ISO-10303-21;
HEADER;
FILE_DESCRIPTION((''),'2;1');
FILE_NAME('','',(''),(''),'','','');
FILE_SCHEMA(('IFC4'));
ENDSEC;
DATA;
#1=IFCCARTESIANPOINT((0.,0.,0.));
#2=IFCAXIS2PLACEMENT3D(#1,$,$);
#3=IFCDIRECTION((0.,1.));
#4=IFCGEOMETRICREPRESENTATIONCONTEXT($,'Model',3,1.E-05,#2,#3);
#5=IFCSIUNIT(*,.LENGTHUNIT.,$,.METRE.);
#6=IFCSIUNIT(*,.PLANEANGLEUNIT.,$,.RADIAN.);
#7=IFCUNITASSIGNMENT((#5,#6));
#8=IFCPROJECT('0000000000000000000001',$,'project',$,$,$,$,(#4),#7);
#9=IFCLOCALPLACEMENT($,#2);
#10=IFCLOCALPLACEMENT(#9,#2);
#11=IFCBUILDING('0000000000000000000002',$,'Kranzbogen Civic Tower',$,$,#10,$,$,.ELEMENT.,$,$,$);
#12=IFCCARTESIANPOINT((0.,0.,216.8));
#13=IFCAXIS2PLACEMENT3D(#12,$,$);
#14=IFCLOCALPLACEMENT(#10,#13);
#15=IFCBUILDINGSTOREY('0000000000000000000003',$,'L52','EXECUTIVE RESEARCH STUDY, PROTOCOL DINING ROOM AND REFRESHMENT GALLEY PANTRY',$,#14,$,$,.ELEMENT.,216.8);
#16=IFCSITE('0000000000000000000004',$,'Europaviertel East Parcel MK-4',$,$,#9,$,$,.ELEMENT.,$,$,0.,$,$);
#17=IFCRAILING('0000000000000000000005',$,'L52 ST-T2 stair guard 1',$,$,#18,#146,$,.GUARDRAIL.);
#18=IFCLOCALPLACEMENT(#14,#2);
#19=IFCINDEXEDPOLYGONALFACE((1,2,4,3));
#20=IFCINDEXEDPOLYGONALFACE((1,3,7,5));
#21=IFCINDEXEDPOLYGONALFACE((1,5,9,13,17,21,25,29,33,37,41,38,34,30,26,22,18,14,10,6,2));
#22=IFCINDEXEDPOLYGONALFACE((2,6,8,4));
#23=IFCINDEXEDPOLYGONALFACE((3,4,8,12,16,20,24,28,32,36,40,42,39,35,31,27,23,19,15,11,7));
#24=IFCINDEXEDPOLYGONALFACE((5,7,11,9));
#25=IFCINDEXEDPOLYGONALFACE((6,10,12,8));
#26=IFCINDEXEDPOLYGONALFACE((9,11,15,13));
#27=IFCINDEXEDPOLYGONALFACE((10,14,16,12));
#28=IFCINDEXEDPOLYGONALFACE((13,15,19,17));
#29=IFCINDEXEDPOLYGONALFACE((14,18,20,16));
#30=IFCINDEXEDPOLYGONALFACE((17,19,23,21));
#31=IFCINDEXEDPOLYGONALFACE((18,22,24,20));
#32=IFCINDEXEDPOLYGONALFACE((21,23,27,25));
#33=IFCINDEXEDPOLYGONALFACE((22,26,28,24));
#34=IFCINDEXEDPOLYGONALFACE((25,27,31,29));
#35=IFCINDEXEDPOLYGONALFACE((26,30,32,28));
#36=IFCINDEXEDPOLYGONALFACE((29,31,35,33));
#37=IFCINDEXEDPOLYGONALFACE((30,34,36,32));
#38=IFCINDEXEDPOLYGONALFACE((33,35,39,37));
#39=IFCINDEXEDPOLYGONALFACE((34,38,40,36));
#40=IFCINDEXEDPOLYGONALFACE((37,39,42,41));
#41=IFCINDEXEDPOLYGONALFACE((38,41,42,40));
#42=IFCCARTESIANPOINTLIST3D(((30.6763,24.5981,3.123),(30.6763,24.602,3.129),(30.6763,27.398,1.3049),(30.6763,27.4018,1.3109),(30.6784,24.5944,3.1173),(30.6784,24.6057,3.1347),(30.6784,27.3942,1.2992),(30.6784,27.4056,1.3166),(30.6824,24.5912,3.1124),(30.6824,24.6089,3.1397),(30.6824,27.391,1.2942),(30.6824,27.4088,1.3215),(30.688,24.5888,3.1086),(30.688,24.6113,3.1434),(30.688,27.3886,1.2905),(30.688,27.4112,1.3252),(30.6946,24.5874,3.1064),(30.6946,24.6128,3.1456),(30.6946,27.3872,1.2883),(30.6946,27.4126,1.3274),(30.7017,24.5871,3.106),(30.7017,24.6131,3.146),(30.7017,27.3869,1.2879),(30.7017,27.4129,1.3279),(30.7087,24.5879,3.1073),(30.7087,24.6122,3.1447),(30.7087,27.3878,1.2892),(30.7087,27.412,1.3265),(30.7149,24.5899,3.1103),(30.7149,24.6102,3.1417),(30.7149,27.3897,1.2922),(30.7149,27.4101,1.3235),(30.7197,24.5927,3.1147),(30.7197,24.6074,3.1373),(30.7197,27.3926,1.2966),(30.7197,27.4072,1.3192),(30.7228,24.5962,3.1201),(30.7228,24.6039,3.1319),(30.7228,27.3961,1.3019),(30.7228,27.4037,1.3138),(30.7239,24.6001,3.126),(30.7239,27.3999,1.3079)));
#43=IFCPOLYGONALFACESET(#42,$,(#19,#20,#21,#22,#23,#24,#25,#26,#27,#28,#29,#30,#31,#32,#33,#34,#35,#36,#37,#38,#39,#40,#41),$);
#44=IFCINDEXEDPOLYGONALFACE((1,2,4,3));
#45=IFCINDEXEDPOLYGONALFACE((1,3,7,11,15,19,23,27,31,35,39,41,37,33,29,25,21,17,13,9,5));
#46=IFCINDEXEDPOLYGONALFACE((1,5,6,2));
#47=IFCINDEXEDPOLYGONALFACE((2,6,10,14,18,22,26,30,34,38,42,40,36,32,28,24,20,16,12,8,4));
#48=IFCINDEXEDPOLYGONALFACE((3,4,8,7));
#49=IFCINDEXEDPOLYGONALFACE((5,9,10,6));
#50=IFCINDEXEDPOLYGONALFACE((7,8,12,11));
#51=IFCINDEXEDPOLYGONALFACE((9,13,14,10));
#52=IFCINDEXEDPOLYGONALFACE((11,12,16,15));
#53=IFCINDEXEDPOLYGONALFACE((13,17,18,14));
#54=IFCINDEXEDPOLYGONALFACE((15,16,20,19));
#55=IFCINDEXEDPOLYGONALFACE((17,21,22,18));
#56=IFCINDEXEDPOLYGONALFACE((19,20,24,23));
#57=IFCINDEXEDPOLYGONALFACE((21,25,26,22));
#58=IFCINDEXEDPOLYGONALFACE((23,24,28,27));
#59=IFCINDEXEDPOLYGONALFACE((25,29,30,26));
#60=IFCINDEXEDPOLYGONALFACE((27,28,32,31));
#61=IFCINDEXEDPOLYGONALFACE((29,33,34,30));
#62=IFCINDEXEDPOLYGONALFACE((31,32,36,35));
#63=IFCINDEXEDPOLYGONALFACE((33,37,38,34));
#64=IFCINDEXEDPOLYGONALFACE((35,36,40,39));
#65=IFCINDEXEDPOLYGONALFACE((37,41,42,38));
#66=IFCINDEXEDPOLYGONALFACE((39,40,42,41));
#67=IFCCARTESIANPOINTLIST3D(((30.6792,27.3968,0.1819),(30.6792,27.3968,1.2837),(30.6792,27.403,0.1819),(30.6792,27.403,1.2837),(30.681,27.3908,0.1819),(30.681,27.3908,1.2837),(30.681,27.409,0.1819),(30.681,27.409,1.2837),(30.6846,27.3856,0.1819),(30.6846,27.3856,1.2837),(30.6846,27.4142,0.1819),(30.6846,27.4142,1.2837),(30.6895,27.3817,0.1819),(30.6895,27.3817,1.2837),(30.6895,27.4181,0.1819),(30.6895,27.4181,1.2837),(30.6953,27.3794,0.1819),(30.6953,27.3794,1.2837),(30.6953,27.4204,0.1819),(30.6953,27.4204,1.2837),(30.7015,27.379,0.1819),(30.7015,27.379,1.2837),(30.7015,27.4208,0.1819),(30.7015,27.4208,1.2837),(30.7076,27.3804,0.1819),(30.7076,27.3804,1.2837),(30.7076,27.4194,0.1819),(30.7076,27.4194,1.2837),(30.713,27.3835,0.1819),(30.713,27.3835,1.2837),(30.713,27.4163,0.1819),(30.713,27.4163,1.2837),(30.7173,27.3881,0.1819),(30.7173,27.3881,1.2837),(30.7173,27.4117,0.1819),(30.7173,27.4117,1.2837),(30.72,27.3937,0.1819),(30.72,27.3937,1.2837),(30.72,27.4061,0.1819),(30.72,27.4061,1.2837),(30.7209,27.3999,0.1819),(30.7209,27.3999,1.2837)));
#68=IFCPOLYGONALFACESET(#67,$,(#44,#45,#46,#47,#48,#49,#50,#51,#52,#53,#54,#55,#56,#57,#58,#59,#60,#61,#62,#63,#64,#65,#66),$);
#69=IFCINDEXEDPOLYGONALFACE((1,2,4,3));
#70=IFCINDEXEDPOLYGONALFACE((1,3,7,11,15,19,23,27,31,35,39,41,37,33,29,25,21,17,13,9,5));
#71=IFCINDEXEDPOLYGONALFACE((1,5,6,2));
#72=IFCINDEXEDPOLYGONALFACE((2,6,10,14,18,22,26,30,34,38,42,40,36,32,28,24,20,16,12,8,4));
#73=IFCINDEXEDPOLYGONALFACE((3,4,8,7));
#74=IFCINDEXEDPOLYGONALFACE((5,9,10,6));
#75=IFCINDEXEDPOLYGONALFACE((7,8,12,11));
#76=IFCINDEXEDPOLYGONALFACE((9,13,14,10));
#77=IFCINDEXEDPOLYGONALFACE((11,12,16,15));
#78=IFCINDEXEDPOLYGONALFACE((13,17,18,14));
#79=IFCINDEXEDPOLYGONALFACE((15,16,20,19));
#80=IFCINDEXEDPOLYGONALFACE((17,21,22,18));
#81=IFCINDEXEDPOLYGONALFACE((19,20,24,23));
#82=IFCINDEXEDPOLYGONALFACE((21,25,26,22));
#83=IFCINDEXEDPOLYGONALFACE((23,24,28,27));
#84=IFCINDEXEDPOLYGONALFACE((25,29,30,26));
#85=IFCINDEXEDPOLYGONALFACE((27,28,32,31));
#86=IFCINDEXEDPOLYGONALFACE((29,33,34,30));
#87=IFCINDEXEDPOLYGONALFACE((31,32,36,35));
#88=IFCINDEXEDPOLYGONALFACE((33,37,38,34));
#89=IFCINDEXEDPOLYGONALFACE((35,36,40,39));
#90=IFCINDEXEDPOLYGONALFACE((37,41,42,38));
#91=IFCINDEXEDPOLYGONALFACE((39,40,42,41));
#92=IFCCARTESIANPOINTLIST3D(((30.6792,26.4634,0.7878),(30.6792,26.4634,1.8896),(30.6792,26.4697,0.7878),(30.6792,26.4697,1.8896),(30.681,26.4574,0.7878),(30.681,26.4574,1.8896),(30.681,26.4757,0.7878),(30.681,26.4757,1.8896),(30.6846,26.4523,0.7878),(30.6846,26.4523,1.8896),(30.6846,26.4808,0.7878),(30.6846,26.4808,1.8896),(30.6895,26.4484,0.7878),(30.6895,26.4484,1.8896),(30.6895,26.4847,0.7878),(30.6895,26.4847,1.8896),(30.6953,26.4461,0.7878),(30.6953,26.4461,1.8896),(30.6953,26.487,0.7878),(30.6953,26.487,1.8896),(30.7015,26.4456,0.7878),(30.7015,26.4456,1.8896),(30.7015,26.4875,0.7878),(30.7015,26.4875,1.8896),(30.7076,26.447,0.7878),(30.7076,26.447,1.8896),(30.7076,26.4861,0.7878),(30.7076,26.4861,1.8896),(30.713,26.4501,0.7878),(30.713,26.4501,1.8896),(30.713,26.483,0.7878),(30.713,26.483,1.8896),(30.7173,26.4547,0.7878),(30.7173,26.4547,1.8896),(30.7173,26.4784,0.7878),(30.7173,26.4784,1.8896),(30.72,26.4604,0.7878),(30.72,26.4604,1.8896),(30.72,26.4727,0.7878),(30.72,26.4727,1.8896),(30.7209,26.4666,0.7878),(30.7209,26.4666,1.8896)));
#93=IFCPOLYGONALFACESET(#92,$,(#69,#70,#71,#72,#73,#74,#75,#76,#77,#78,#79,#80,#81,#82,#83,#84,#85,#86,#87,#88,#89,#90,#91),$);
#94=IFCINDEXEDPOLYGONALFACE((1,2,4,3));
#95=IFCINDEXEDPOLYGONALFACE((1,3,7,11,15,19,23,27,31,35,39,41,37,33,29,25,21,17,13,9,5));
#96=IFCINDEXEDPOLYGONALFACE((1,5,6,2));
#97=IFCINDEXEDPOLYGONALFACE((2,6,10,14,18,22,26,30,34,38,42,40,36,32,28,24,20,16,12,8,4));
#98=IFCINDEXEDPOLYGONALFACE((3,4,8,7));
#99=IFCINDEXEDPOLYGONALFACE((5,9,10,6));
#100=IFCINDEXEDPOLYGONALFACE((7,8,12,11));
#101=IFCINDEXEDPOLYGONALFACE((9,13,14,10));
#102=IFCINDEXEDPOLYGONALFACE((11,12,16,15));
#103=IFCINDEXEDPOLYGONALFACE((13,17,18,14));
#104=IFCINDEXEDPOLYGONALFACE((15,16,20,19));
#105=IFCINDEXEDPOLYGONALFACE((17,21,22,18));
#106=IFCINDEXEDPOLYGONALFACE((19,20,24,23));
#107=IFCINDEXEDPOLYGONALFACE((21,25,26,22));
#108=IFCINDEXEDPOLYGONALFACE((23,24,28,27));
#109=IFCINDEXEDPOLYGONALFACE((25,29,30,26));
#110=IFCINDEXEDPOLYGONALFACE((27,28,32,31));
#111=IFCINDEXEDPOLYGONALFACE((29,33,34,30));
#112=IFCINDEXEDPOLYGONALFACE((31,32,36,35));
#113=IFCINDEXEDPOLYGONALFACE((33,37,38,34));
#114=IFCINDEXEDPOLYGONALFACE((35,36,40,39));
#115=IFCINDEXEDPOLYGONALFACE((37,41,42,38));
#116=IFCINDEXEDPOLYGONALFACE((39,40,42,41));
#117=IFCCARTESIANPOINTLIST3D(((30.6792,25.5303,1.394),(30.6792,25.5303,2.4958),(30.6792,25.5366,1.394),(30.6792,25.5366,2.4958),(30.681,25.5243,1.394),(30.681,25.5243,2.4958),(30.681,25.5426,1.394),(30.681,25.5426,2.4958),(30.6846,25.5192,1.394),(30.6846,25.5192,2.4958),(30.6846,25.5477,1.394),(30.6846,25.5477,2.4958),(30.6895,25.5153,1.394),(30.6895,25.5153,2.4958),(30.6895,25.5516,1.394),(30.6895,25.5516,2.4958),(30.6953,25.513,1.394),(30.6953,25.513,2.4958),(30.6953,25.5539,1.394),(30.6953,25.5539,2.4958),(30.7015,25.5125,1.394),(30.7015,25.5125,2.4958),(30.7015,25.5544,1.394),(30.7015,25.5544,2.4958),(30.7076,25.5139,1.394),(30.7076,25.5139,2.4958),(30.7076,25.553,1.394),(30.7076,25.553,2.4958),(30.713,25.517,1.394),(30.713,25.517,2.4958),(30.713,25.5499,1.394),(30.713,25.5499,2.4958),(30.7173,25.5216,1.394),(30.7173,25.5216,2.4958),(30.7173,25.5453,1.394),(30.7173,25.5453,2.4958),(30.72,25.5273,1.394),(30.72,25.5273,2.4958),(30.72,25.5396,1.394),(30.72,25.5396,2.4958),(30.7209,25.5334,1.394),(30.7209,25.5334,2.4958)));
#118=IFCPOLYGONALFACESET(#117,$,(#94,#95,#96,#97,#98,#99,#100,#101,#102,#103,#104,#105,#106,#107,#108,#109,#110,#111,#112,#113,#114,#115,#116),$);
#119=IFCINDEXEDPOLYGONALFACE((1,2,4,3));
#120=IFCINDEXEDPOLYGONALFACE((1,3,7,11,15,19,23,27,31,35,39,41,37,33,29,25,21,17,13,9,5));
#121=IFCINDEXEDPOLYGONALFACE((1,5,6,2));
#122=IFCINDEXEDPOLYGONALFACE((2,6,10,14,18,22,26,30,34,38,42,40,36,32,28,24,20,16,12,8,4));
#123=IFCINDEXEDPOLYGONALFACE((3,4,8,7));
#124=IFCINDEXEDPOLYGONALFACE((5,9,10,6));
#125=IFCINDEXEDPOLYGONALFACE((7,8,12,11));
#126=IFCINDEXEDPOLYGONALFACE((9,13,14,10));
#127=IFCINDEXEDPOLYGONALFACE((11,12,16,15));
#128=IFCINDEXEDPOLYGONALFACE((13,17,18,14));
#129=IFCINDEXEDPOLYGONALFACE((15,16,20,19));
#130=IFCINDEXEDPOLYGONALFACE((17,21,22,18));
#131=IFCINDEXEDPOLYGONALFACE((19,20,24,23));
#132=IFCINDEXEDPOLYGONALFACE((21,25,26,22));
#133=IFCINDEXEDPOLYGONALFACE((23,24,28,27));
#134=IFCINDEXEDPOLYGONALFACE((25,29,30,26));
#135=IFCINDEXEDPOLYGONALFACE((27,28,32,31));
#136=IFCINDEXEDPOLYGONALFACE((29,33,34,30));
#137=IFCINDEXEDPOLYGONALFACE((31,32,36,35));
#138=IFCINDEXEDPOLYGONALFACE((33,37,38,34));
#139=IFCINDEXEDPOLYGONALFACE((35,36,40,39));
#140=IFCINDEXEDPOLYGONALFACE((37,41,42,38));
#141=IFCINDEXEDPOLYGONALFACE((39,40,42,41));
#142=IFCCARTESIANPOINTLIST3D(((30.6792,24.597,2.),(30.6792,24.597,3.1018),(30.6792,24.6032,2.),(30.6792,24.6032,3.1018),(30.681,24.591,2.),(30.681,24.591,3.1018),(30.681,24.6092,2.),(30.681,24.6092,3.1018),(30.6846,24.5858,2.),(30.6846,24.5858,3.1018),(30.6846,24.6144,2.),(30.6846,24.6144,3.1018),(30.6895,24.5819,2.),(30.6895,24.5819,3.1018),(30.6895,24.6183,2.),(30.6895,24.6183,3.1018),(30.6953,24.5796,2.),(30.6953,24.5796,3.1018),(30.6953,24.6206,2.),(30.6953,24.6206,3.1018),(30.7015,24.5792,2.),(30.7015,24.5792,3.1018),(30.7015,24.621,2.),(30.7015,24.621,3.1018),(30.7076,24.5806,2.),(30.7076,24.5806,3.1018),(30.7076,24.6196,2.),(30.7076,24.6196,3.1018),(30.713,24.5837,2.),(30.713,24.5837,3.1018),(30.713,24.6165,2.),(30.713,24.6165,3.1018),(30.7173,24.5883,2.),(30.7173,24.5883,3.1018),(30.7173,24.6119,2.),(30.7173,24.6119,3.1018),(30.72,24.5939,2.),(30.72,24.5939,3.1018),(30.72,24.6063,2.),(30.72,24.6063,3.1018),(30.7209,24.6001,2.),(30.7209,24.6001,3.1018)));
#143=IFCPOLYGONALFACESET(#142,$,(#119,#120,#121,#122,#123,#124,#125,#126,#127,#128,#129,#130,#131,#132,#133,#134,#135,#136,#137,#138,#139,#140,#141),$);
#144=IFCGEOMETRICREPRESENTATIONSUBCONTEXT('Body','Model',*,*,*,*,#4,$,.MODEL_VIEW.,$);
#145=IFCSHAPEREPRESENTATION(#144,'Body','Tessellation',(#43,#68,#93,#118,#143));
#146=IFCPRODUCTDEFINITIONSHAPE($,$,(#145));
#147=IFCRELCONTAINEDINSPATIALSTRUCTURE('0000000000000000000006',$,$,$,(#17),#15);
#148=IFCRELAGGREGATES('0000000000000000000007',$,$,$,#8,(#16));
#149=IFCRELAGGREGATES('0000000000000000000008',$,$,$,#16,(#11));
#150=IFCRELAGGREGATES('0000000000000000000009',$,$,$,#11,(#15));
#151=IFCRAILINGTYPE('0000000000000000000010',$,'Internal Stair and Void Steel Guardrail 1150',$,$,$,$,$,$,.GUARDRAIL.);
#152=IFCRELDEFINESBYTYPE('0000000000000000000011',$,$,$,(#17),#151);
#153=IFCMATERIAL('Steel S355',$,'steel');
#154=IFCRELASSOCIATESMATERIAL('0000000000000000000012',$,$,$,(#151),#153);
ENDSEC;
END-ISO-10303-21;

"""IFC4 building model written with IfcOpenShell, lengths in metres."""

from ifc_helpers import new_model, si_unit, direction, frame, origin, origin_2d, place, context, subcontext, project, spatial, circle, extrude, material, type_object, element, save


model = new_model("IFC4")

# Units and contexts
model_context = context("Model", 3, precision=1e-05, world=origin(), true_north=direction((0.0, 1.0)))
body_context = subcontext(model_context, "Body", "Model", "MODEL_VIEW")
ifc_project = project(units=[si_unit("LENGTHUNIT", "METRE"), si_unit("PLANEANGLEUNIT", "RADIAN")], contexts=[model_context])

# Site, building, storey
site_placement = place(None, origin())
site = spatial("IfcSite", under=ifc_project, at=site_placement, Name="Europaviertel East Parcel MK-4", CompositionType="ELEMENT", RefElevation=0.0)
building_placement = place(site_placement, origin())
building = spatial("IfcBuilding", under=site, at=building_placement, Name="Kranzbogen Civic Tower", CompositionType="ELEMENT")
storey_placement = place(building_placement, frame((0.0, 0.0, 216.8)))
storey = spatial("IfcBuildingStorey", under=building, at=storey_placement, Name="L52", Description="EXECUTIVE RESEARCH STUDY, PROTOCOL DINING ROOM AND REFRESHMENT GALLEY PANTRY", CompositionType="ELEMENT", Elevation=216.8)

# Shared definitions
ifc_material_1 = material(Name="Steel S355", Category="steel")

# Railing
railing_type_1 = type_object("IfcRailingType", Name="Internal Stair and Void Steel Guardrail 1150", PredefinedType="GUARDRAIL", material=ifc_material_1)
railing_1_placement = place(storey_placement, frame((30.7, 27.3999, 0.1819)))
element("IfcRailing", 1, at=railing_1_placement, inside=storey, type_object=railing_type_1, Name="L52 ST-T2 stair guard 1", PredefinedType="GUARDRAIL", context=body_context, shape_type="SweptSolid", body=[
    extrude(circle(Radius=0.0239, at=origin_2d()), frame((0.0, 0.0, 1.126), z_axis=(0.0, -0.838684, 0.544618), x_axis=(1.0, 0.0, 0.0)), (0.0, 0.0, 1.0), 3.3384),
    extrude(circle(Radius=0.021, at=origin_2d()), origin(), (0.0, 0.0, 1.0), 1.1018),
    extrude(circle(Radius=0.021, at=origin_2d()), frame((0.0, -0.9333, 0.606)), (0.0, 0.0, 1.0), 1.1018),
    extrude(circle(Radius=0.021, at=origin_2d()), frame((0.0, -1.8665, 1.2122)), (0.0, 0.0, 1.0), 1.1018),
    extrude(circle(Radius=0.021, at=origin_2d()), frame((0.0, -2.7998, 1.8181)), (0.0, 0.0, 1.0), 1.1018),
])

save(model, "model.ifc")
